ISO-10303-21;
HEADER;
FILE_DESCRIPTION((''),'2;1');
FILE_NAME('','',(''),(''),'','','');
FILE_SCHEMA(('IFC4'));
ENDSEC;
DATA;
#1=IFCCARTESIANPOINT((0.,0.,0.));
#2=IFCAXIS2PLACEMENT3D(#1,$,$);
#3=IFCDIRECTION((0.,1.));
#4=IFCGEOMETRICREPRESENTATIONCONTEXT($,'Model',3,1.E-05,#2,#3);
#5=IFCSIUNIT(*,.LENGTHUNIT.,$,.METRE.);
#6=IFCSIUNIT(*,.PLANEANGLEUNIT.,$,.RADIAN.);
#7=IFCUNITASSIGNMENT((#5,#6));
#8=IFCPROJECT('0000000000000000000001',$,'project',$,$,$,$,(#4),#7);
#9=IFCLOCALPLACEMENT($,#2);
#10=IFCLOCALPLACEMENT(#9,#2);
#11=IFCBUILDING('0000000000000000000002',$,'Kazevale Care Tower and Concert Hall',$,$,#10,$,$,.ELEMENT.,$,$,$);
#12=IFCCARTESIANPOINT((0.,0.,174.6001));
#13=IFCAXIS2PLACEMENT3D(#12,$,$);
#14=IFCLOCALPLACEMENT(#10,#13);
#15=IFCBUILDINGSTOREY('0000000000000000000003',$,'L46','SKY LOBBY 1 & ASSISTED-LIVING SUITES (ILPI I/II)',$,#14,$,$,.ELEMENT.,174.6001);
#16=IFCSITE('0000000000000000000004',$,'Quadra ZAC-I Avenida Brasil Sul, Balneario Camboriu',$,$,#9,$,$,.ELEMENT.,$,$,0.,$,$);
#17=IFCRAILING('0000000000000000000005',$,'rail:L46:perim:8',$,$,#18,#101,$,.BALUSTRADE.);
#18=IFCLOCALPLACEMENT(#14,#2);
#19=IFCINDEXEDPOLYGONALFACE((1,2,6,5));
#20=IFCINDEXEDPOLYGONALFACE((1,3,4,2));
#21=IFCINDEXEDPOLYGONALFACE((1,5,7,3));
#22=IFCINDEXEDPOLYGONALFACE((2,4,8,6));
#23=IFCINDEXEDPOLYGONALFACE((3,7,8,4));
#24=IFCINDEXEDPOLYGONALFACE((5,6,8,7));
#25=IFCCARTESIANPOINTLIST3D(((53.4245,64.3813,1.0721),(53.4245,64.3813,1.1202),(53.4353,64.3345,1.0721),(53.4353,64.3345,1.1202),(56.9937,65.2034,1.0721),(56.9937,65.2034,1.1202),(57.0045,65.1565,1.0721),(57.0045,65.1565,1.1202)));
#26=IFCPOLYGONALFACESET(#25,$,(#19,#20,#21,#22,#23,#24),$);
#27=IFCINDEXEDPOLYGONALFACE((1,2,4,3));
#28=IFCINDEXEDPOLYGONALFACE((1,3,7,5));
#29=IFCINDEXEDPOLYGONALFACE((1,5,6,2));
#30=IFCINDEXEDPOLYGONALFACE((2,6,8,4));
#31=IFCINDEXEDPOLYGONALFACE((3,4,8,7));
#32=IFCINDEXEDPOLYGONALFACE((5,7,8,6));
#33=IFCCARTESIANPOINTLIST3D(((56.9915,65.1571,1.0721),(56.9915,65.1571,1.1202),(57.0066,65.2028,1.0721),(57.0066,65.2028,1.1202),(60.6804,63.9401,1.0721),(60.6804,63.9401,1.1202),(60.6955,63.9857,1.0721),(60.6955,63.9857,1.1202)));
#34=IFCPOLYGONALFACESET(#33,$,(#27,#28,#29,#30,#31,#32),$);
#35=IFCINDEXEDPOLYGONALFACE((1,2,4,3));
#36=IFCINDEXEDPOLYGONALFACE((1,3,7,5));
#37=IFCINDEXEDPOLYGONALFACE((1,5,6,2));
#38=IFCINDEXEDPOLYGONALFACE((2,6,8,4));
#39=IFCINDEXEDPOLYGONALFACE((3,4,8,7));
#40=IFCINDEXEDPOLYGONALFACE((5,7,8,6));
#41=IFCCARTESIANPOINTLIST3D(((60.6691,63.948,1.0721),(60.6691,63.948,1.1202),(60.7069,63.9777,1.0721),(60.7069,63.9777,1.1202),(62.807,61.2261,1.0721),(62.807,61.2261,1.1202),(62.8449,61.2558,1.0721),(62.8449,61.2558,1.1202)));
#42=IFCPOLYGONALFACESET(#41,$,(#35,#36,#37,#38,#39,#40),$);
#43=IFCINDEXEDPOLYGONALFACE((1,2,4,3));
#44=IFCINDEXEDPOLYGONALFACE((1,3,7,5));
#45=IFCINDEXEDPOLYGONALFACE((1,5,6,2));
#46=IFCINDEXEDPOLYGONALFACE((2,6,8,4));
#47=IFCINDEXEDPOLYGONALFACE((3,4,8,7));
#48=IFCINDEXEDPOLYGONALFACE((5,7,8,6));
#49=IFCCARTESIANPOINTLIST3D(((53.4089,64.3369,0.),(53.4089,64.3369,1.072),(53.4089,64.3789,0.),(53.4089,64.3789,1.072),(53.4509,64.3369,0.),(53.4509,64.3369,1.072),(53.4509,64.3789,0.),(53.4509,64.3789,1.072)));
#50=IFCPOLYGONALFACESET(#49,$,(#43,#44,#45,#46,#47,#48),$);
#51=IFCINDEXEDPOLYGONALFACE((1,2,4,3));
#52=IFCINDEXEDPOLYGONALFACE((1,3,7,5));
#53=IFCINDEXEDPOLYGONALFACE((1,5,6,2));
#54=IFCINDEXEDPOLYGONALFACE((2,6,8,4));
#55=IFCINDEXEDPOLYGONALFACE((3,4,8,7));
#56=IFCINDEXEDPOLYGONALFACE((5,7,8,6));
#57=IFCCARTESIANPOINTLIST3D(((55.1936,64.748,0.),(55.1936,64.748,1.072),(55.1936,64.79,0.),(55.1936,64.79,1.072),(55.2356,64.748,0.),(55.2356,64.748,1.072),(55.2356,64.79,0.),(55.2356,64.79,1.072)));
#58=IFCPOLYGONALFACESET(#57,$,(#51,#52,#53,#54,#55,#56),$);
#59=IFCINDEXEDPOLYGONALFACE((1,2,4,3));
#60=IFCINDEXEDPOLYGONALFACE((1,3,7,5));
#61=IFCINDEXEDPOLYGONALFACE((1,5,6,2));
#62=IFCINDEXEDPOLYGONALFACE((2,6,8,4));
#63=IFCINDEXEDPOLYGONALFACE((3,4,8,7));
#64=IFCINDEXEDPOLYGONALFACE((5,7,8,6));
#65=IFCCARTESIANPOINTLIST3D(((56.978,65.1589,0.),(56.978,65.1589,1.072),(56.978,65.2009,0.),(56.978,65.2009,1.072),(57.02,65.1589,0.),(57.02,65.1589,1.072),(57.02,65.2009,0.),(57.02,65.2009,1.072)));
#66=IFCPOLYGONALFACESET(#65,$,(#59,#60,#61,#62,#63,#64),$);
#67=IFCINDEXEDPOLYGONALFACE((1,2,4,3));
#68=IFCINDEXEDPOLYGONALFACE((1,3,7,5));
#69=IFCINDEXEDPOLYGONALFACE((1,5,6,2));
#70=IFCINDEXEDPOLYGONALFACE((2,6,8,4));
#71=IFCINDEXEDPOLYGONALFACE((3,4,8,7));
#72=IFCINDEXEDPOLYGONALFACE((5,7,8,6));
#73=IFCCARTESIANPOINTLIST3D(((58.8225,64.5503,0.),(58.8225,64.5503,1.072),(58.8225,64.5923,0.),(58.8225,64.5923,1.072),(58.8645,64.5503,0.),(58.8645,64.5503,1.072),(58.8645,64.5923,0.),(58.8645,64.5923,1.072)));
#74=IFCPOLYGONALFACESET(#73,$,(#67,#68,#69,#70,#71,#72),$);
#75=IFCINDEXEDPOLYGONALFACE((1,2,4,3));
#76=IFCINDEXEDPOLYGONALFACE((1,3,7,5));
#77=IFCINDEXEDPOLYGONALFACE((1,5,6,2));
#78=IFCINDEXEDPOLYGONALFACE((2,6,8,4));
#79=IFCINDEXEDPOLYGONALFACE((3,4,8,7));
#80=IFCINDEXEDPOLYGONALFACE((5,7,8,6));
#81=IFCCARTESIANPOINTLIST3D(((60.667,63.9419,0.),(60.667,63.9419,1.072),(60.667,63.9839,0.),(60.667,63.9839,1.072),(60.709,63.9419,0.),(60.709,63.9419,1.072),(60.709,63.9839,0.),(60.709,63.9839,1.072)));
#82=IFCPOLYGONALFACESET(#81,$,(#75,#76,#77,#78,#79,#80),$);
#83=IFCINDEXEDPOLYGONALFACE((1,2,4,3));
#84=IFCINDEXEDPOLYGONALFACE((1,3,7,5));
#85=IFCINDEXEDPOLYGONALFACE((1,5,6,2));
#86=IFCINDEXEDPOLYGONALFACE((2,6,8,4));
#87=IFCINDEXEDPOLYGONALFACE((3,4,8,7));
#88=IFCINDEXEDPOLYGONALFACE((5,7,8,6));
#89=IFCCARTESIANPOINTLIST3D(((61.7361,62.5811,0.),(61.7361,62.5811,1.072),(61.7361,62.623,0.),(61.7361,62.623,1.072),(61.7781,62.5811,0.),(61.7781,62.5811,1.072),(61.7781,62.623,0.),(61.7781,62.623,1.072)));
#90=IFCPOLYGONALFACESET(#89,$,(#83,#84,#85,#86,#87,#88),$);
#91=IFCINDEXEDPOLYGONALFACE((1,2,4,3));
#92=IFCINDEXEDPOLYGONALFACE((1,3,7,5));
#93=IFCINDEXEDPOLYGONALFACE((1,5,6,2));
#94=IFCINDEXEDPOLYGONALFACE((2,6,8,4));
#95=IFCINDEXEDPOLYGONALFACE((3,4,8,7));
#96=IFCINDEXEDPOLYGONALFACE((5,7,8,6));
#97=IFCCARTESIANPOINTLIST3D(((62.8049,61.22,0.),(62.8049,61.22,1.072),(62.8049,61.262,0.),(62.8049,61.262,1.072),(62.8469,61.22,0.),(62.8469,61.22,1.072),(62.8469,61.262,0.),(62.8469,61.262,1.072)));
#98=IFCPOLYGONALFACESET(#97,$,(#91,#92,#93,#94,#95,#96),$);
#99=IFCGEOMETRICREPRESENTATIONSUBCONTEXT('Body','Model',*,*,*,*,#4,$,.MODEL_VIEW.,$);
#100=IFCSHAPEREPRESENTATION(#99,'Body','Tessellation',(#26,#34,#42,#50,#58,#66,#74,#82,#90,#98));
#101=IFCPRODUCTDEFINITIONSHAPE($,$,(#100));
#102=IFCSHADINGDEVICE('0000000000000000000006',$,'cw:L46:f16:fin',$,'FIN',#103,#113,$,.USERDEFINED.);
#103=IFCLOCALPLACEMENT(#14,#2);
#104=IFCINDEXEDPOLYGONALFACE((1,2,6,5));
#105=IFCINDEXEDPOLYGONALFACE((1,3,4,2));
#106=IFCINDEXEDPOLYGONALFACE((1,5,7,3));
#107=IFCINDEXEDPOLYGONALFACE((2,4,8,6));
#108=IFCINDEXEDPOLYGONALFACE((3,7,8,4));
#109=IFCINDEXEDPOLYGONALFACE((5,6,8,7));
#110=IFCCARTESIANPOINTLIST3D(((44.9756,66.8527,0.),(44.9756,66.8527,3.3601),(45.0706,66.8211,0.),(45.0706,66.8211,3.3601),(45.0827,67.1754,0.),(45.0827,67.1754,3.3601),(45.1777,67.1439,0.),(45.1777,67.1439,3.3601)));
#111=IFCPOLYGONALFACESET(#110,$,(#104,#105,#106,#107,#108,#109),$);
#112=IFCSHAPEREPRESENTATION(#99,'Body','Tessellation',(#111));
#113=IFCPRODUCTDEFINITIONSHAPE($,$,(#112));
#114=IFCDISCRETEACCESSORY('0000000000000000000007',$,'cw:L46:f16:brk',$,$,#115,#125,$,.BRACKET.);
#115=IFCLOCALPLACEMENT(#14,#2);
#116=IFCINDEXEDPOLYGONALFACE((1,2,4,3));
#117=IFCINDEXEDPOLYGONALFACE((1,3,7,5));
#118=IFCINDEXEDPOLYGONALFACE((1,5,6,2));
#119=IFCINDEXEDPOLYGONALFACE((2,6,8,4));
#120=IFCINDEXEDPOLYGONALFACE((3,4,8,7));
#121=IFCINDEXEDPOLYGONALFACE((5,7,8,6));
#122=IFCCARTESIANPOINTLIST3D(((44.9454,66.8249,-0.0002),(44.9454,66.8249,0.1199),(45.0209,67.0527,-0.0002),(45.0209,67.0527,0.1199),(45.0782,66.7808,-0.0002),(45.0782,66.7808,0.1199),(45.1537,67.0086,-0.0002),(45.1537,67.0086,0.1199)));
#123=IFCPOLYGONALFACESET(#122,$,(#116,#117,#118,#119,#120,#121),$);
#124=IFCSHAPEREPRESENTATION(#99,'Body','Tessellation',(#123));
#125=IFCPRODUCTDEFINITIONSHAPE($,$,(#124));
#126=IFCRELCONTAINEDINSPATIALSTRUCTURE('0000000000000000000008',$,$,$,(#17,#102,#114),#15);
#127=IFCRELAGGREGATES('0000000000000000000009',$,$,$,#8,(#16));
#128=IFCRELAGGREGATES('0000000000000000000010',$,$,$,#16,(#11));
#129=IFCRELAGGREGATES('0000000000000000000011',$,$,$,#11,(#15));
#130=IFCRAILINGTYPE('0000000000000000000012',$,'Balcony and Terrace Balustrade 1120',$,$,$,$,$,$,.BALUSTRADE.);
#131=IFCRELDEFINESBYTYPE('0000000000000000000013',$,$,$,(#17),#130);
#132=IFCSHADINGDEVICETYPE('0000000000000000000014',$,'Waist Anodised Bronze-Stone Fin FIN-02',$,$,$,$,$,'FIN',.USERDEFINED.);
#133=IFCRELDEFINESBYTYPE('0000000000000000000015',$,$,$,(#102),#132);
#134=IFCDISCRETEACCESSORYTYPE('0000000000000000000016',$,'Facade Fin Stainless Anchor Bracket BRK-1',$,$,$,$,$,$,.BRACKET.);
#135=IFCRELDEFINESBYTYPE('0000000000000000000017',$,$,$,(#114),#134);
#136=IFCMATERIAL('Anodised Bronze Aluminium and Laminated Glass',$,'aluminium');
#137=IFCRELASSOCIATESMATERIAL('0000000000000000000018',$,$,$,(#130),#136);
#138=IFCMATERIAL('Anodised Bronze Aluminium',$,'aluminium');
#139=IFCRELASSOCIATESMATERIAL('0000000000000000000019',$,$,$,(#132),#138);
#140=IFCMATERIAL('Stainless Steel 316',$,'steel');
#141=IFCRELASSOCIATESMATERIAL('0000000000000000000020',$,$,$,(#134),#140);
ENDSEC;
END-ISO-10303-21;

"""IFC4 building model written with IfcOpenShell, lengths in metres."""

from ifc_helpers import new_model, si_unit, direction, frame, origin, origin_2d, place, context, subcontext, project, spatial, rectangle, extrude, material, type_object, element, save


model = new_model("IFC4")

# Units and contexts
model_context = context("Model", 3, precision=1e-05, world=origin(), true_north=direction((0.0, 1.0)))
body_context = subcontext(model_context, "Body", "Model", "MODEL_VIEW")
ifc_project = project(units=[si_unit("LENGTHUNIT", "METRE"), si_unit("PLANEANGLEUNIT", "RADIAN")], contexts=[model_context])

# Site, building, storey
site_placement = place(None, origin())
site = spatial("IfcSite", under=ifc_project, at=site_placement, Name="Quadra ZAC-I Avenida Brasil Sul, Balneario Camboriu", CompositionType="ELEMENT", RefElevation=0.0)
building_placement = place(site_placement, origin())
building = spatial("IfcBuilding", under=site, at=building_placement, Name="Kazevale Care Tower and Concert Hall", CompositionType="ELEMENT")
storey_placement = place(building_placement, frame((0.0, 0.0, 174.6001)))
storey = spatial("IfcBuildingStorey", under=building, at=storey_placement, Name="L46", Description="SKY LOBBY 1 & ASSISTED-LIVING SUITES (ILPI I/II)", CompositionType="ELEMENT", Elevation=174.6001)

# Railing
ifc_material_1 = material(Name="Anodised Bronze Aluminium and Laminated Glass", Category="aluminium")
railing_type = type_object("IfcRailingType", Name="Balcony and Terrace Balustrade 1120", PredefinedType="BALUSTRADE", material=ifc_material_1)
railing_1_placement = place(storey_placement, frame((53.4299, 64.3579, 0.0)))
element("IfcRailing", 1, at=railing_1_placement, inside=storey, type_object=railing_type, Name="rail:L46:perim:8", PredefinedType="BALUSTRADE", context=body_context, shape_type="SweptSolid", body=[
    extrude(rectangle(XDim=0.0481, YDim=0.0481, at=origin_2d()), frame((0.0, 0.0, 1.0962), z_axis=(0.974488, 0.224441, 0.0), x_axis=(-0.224441, 0.974488, 0.0)), (0.0, 0.0, 1.0), 3.6626),
    extrude(rectangle(XDim=0.0481, YDim=0.0481, at=origin_2d()), frame((3.5691, 0.822, 1.0962), z_axis=(0.949653, -0.313304, 0.0), x_axis=(0.313304, 0.949653, 0.0)), (0.0, 0.0, 1.0), 3.8845),
    extrude(rectangle(XDim=0.0481, YDim=0.0481, at=origin_2d()), frame((7.2581, -0.395, 1.0962), z_axis=(0.617694, -0.786419, 0.0), x_axis=(0.786419, 0.617694, 0.0)), (0.0, 0.0, 1.0), 3.4612),
    extrude(rectangle(XDim=0.042, YDim=0.042, at=origin_2d()), origin(), (0.0, 0.0, 1.0), 1.072),
    extrude(rectangle(XDim=0.042, YDim=0.042, at=origin_2d()), frame((1.7847, 0.4111, 0.0)), (0.0, 0.0, 1.0), 1.072),
    extrude(rectangle(XDim=0.042, YDim=0.042, at=origin_2d()), frame((3.5691, 0.822, 0.0)), (0.0, 0.0, 1.0), 1.072),
    extrude(rectangle(XDim=0.042, YDim=0.042, at=origin_2d()), frame((5.4136, 0.2134, 0.0)), (0.0, 0.0, 1.0), 1.072),
    extrude(rectangle(XDim=0.042, YDim=0.042, at=origin_2d()), frame((7.2581, -0.395, 0.0)), (0.0, 0.0, 1.0), 1.072),
    extrude(rectangle(XDim=0.042, YDim=0.042, at=origin_2d()), frame((8.3271, -1.7559, 0.0)), (0.0, 0.0, 1.0), 1.072),
    extrude(rectangle(XDim=0.042, YDim=0.042, at=origin_2d()), frame((9.396, -3.1169, 0.0)), (0.0, 0.0, 1.0), 1.072),
])

# Shading device
ifc_material_2 = material(Name="Anodised Bronze Aluminium", Category="aluminium")
shading_device_type = type_object("IfcShadingDeviceType", Name="Waist Anodised Bronze-Stone Fin FIN-02", ElementType="FIN", PredefinedType="USERDEFINED", material=ifc_material_2)
shading_device_placement = place(storey_placement, frame((45.0767, 66.9983, 0.0), z_axis=(0.0, 0.0, 1.0), x_axis=(0.314821, 0.949151, 0.0)))
element("IfcShadingDevice", 2, at=shading_device_placement, inside=storey, type_object=shading_device_type, Name="cw:L46:f16:fin", ObjectType="FIN", PredefinedType="USERDEFINED", context=body_context, shape_type="SweptSolid", body=[
    extrude(rectangle(XDim=0.3401, YDim=0.1001, at=origin_2d()), origin(), (0.0, 0.0, 1.0), 3.3601),
])

# Discrete accessory
ifc_material_3 = material(Name="Stainless Steel 316", Category="steel")
discrete_accessory_type = type_object("IfcDiscreteAccessoryType", Name="Facade Fin Stainless Anchor Bracket BRK-1", PredefinedType="BRACKET", material=ifc_material_3)
discrete_accessory_placement = place(storey_placement, frame((45.0496, 66.9167, -0.0002), z_axis=(0.0, 0.0, 1.0), x_axis=(0.314821, 0.949151, 0.0)))
element("IfcDiscreteAccessory", 3, at=discrete_accessory_placement, inside=storey, type_object=discrete_accessory_type, Name="cw:L46:f16:brk", PredefinedType="BRACKET", context=body_context, shape_type="SweptSolid", body=[
    extrude(rectangle(XDim=0.24, YDim=0.1399, at=origin_2d()), origin(), (0.0, 0.0, 1.0), 0.1201),
])

save(model, "model.ifc")
